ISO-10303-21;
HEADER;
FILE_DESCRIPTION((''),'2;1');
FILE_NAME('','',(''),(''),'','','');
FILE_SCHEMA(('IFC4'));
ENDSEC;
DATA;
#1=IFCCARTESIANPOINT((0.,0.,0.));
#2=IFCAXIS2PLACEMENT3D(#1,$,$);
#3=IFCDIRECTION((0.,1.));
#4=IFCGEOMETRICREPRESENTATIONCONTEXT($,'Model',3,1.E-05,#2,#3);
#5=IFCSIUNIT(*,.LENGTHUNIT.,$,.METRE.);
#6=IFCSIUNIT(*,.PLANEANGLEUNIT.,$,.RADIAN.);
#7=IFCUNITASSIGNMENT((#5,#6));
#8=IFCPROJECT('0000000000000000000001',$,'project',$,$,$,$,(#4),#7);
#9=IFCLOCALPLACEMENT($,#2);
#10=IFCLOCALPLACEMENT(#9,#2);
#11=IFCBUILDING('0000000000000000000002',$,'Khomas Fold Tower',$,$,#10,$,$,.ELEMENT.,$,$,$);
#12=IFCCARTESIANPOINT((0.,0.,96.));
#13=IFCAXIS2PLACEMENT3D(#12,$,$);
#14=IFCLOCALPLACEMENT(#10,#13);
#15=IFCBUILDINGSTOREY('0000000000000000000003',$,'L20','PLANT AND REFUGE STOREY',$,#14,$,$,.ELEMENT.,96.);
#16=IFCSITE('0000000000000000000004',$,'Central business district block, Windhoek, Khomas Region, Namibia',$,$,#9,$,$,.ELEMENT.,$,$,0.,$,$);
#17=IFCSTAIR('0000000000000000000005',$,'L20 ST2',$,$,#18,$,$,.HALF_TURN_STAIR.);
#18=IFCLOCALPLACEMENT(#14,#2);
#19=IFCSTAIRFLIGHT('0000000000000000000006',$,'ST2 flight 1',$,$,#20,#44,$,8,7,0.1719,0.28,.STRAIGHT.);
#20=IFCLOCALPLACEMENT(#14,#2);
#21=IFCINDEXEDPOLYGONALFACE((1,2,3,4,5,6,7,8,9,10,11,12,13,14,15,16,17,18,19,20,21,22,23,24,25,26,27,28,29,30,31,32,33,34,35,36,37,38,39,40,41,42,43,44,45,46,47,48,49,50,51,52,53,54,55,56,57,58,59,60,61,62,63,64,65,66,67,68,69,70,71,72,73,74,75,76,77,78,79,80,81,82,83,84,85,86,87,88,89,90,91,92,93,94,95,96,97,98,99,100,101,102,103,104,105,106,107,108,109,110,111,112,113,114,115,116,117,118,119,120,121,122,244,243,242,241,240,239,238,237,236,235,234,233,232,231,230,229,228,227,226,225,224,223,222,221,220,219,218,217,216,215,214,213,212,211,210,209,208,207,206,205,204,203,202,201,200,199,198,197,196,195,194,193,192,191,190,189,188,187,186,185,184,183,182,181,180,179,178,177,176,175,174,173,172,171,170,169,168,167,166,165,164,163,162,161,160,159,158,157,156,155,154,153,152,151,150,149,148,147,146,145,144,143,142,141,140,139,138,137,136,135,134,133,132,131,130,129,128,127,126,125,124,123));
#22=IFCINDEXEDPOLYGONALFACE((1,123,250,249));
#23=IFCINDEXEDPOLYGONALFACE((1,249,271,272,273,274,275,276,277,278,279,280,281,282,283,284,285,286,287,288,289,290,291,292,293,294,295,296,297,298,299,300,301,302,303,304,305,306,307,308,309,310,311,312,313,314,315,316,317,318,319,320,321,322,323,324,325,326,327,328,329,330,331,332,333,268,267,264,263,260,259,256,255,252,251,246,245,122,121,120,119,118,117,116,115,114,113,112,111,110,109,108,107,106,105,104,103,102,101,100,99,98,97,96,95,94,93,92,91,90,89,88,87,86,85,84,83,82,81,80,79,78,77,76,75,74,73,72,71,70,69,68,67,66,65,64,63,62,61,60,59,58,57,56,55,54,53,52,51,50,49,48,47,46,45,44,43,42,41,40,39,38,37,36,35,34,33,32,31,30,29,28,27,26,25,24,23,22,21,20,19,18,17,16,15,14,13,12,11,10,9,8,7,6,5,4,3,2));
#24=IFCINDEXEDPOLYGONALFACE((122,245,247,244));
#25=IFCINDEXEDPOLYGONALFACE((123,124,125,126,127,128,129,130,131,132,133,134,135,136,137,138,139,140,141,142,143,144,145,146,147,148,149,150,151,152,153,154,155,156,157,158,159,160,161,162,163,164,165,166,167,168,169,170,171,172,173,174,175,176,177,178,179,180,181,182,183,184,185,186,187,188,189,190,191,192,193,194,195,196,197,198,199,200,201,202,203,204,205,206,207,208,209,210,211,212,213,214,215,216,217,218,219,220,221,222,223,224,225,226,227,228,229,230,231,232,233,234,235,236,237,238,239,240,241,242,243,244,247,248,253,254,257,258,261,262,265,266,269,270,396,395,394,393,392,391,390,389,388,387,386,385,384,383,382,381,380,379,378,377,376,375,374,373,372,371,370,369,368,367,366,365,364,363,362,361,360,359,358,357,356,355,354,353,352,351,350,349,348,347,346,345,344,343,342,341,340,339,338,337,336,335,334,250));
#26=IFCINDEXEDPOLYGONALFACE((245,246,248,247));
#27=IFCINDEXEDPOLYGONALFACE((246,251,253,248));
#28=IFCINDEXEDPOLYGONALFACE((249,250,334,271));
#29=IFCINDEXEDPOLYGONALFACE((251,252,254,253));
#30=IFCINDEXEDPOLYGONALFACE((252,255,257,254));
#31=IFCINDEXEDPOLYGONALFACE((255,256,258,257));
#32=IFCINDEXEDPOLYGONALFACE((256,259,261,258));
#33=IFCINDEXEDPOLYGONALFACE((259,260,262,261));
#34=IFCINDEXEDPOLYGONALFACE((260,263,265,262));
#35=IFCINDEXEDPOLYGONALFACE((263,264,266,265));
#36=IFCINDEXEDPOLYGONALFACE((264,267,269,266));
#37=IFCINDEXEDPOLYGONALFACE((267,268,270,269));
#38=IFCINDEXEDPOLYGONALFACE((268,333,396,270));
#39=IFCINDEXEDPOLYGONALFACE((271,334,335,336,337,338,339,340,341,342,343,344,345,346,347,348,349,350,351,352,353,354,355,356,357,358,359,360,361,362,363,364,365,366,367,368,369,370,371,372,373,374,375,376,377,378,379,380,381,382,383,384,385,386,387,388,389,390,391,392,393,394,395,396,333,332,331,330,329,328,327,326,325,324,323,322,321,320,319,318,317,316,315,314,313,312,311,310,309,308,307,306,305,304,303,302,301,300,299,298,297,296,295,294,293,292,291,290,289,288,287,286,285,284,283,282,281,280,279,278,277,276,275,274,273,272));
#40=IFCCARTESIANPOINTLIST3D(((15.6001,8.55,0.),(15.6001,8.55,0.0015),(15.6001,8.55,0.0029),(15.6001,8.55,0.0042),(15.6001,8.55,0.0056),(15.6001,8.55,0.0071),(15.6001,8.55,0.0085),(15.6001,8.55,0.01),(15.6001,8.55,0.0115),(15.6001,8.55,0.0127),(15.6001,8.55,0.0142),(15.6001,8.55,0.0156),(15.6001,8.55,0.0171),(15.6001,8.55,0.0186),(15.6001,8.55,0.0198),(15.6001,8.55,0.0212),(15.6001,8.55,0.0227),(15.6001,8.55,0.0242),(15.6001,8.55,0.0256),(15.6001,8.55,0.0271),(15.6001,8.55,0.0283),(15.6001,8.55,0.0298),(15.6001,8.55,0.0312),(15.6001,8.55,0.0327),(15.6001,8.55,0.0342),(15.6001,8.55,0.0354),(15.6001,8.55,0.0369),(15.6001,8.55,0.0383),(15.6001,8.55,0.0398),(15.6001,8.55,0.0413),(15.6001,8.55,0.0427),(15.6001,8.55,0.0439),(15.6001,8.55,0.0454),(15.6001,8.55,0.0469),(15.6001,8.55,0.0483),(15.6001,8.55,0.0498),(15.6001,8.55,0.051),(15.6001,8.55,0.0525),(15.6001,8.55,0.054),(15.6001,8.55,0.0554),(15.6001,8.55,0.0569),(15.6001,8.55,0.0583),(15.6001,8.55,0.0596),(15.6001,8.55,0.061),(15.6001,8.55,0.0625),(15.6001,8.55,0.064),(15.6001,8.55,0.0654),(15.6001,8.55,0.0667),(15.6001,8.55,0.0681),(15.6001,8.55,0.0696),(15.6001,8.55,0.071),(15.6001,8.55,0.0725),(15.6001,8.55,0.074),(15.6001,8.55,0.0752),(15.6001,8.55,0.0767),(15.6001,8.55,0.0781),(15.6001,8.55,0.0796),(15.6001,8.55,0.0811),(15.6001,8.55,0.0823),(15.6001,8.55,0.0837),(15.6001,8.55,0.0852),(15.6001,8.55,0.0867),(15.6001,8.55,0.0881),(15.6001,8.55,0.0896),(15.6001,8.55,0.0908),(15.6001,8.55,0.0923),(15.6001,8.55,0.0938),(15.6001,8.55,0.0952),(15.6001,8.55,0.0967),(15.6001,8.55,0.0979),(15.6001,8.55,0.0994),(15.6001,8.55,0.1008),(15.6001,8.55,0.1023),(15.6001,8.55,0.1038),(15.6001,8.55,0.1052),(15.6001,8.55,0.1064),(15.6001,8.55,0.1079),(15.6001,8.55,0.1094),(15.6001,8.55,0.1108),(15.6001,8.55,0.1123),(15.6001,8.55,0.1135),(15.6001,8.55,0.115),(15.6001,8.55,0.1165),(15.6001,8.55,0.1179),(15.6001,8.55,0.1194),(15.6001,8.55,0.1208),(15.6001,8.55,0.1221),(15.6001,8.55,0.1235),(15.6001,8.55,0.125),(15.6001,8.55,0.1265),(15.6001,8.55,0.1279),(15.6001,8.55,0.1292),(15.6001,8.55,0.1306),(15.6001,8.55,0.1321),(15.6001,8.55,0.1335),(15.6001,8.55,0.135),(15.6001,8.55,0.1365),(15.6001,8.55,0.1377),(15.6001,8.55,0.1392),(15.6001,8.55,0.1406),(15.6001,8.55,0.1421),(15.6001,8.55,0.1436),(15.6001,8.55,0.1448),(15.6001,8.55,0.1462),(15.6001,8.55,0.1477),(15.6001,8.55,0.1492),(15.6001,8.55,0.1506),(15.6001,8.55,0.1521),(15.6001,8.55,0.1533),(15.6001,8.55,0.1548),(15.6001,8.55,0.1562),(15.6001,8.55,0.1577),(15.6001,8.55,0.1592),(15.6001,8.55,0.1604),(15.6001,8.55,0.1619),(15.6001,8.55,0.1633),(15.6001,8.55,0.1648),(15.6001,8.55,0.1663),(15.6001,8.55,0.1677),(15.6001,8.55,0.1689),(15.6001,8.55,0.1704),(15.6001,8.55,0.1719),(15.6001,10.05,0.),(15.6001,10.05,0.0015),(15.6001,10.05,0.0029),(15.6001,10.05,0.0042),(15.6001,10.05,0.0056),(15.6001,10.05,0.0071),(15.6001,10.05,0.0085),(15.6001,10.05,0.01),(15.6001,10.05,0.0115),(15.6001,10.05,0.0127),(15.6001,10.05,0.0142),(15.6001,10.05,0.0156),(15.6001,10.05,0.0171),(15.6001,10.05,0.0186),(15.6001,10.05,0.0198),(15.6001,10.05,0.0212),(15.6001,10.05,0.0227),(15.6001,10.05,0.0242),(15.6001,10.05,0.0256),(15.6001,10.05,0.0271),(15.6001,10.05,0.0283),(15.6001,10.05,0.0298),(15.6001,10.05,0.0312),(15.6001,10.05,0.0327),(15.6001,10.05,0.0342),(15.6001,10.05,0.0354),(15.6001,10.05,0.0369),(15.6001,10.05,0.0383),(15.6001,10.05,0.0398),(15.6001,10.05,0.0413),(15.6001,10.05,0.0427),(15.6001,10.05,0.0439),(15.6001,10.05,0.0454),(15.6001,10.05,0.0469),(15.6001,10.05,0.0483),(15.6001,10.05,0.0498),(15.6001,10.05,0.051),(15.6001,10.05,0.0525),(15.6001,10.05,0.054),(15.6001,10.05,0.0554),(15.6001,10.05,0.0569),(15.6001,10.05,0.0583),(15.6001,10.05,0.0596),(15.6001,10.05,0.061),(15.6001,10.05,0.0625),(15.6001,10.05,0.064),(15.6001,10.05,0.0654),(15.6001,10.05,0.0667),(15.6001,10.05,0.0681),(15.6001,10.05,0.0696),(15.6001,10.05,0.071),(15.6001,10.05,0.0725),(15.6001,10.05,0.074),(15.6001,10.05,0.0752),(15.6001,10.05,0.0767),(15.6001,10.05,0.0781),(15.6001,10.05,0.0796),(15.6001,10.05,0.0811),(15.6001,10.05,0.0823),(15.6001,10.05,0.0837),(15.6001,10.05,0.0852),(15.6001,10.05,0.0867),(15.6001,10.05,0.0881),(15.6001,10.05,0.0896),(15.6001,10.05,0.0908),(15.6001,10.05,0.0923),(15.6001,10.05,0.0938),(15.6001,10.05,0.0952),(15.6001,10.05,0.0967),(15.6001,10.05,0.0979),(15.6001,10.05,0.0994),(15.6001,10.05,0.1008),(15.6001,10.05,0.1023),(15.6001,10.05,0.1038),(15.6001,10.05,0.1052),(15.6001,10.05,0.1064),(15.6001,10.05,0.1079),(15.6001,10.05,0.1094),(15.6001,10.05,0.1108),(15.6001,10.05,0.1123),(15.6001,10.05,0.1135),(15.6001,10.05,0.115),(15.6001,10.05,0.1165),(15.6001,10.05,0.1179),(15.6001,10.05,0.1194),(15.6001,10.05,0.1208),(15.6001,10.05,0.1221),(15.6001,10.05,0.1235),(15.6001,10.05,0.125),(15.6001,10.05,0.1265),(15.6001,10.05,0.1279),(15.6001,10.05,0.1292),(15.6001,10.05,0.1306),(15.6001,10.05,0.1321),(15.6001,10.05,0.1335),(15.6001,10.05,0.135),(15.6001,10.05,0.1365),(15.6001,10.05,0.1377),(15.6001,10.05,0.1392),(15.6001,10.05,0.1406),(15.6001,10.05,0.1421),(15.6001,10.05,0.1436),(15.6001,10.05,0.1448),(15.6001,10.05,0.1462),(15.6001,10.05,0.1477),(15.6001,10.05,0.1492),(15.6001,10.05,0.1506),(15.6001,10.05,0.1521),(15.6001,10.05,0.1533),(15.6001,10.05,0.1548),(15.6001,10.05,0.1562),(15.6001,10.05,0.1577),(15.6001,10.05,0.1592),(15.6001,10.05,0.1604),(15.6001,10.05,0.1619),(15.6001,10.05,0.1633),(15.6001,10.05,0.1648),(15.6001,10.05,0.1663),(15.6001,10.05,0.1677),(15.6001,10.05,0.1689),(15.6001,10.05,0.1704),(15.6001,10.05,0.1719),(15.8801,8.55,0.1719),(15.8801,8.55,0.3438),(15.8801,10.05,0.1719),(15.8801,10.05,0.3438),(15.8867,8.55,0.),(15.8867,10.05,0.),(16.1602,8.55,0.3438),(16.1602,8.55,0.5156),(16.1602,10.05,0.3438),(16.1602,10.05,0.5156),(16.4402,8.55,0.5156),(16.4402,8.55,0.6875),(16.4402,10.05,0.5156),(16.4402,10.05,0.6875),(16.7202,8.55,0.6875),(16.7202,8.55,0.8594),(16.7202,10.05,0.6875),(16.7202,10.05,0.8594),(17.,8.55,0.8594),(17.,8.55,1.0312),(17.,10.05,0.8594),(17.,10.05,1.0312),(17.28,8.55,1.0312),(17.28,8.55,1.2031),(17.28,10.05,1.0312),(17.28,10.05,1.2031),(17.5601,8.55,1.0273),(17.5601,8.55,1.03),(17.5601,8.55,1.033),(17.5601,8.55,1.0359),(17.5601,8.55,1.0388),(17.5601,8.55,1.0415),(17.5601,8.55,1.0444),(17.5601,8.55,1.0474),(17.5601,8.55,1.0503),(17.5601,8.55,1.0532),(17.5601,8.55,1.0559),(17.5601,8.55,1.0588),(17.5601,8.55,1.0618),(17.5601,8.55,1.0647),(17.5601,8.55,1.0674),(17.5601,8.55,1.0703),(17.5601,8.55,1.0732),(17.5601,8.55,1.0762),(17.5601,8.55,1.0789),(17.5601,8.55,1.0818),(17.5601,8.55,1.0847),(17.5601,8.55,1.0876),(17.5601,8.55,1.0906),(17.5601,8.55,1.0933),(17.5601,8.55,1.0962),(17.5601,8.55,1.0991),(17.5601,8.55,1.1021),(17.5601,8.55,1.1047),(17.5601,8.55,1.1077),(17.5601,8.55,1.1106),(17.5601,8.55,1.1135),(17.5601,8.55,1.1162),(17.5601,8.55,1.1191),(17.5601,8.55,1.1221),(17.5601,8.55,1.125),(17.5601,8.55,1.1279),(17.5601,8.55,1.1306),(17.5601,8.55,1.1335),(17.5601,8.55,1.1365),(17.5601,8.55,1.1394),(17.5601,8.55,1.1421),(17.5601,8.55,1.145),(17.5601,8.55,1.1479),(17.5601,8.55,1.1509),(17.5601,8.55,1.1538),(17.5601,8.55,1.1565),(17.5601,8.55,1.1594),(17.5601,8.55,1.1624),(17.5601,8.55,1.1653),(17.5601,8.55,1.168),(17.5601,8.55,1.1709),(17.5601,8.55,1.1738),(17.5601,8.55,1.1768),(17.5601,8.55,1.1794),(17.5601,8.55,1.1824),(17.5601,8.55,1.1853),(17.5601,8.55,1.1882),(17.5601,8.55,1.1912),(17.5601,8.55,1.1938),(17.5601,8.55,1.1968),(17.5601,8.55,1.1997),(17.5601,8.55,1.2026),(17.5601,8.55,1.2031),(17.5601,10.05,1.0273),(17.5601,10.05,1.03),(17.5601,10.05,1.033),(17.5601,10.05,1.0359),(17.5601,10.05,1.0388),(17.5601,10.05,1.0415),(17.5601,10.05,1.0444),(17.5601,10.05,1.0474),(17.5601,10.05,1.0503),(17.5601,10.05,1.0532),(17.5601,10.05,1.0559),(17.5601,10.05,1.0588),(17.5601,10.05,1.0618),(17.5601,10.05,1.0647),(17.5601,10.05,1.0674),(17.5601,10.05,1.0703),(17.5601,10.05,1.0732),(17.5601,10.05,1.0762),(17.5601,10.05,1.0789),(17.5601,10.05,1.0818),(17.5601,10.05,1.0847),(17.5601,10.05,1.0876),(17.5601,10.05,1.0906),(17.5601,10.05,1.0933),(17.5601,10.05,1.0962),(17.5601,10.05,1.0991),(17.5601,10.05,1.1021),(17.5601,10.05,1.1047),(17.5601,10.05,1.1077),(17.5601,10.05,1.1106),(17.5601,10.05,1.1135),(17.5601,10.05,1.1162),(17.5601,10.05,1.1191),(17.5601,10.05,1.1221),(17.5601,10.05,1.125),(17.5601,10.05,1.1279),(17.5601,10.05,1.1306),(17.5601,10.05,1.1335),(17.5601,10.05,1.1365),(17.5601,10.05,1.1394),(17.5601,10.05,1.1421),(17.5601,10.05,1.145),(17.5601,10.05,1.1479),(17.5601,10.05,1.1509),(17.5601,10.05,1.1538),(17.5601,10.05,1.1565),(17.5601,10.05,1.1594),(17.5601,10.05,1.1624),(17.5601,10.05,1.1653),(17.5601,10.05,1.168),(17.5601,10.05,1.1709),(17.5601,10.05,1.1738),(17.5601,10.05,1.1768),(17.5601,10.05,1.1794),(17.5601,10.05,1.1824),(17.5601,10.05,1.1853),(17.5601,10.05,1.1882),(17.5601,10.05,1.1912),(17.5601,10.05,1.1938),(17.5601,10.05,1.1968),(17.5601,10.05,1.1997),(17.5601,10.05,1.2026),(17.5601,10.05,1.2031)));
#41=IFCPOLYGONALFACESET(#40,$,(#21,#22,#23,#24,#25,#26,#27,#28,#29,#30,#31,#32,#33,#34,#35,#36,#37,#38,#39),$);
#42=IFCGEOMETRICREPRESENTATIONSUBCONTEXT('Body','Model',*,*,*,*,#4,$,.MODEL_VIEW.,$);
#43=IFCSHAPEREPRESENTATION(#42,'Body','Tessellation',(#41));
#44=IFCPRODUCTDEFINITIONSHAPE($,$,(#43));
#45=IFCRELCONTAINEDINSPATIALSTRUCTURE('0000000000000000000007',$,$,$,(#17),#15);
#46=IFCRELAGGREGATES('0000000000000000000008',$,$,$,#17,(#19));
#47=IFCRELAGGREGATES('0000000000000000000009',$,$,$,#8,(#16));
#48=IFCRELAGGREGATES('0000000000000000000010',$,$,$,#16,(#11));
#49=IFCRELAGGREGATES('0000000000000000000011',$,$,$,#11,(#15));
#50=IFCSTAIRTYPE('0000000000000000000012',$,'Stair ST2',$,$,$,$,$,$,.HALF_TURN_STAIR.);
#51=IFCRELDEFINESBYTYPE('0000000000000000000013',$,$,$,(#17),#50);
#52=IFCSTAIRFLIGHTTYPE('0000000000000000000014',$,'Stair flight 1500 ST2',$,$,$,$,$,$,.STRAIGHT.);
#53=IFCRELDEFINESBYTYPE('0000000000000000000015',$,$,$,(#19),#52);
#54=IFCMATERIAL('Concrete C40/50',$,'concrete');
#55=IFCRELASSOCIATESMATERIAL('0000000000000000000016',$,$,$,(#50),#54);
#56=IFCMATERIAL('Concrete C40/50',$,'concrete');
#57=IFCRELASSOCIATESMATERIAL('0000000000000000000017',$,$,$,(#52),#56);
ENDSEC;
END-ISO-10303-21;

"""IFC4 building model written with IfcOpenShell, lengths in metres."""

from ifc_helpers import new_model, si_unit, direction, frame, origin, place, context, subcontext, project, spatial, polyline, outline, extrude, source, transform, mapped, material, type_object, element, aggregate, save


model = new_model("IFC4")

# Units and contexts
model_context = context("Model", 3, precision=1e-05, world=origin(), true_north=direction((0.0, 1.0)))
body_context = subcontext(model_context, "Body", "Model", "MODEL_VIEW")
ifc_project = project(units=[si_unit("LENGTHUNIT", "METRE"), si_unit("PLANEANGLEUNIT", "RADIAN")], contexts=[model_context])

# Site, building, storey
site_placement = place(None, origin())
site = spatial("IfcSite", under=ifc_project, at=site_placement, Name="Central business district block, Windhoek, Khomas Region, Namibia", CompositionType="ELEMENT", RefElevation=0.0)
building_placement = place(site_placement, origin())
building = spatial("IfcBuilding", under=site, at=building_placement, Name="Khomas Fold Tower", CompositionType="ELEMENT")
storey_placement = place(building_placement, frame((0.0, 0.0, 96.0)))
storey = spatial("IfcBuildingStorey", under=building, at=storey_placement, Name="L20", Description="PLANT AND REFUGE STOREY", CompositionType="ELEMENT", Elevation=96.0)

# Stair, stair flight
ifc_material_1 = material(Name="Concrete C40/50", Category="concrete")
stair_type = type_object("IfcStairType", Name="Stair ST2", PredefinedType="HALF_TURN_STAIR", material=ifc_material_1)
stair_placement = place(storey_placement, origin())
stair = element("IfcStair", 1, at=stair_placement, inside=storey, type_object=stair_type, Name="L20 ST2", PredefinedType="HALF_TURN_STAIR")
ifc_material_2 = material(Name="Concrete C40/50", Category="concrete")
stair_flight_type = type_object("IfcStairFlightType", Name="Stair flight 1500 ST2", PredefinedType="STRAIGHT", material=ifc_material_2)
shared_shape_1 = source(origin(), body_context, "Body", "SweptSolid", [
    extrude(outline(polyline([(0.0, 0.0), (0.0, 0.0015), (0.0, 0.0029), (0.0, 0.0042), (0.0, 0.0056), (0.0, 0.0071), (0.0, 0.0085), (0.0, 0.01), (0.0, 0.0115), (0.0, 0.0127), (0.0, 0.0142), (0.0, 0.0156), (0.0, 0.0171), (0.0, 0.0186), (0.0, 0.0198), (0.0, 0.0212), (0.0, 0.0227), (0.0, 0.0242), (0.0, 0.0256), (0.0, 0.0271), (0.0, 0.0283), (0.0, 0.0298), (0.0, 0.0312), (0.0, 0.0327), (0.0, 0.0342), (0.0, 0.0354), (0.0, 0.0369), (0.0, 0.0383), (0.0, 0.0398), (0.0, 0.0413), (0.0, 0.0427), (0.0, 0.0439), (0.0, 0.0454), (0.0, 0.0469), (0.0, 0.0483), (0.0, 0.0498), (0.0, 0.051), (0.0, 0.0525), (0.0, 0.054), (0.0, 0.0554), (0.0, 0.0569), (0.0, 0.0583), (0.0, 0.0596), (0.0, 0.061), (0.0, 0.0625), (0.0, 0.064), (0.0, 0.0654), (0.0, 0.0667), (0.0, 0.0681), (0.0, 0.0696), (0.0, 0.071), (0.0, 0.0725), (0.0, 0.074), (0.0, 0.0752), (0.0, 0.0767), (0.0, 0.0781), (0.0, 0.0796), (0.0, 0.0811), (0.0, 0.0823), (0.0, 0.0837), (0.0, 0.0852), (0.0, 0.0867), (0.0, 0.0881), (0.0, 0.0896), (0.0, 0.0908), (0.0, 0.0923), (0.0, 0.0938), (0.0, 0.0952), (0.0, 0.0967), (0.0, 0.0979), (0.0, 0.0994), (0.0, 0.1008), (0.0, 0.1023), (0.0, 0.1038), (0.0, 0.1052), (0.0, 0.1064), (0.0, 0.1079), (0.0, 0.1094), (0.0, 0.1108), (0.0, 0.1123), (0.0, 0.1135), (0.0, 0.115), (0.0, 0.1165), (0.0, 0.1179), (0.0, 0.1194), (0.0, 0.1208), (0.0, 0.1221), (0.0, 0.1235), (0.0, 0.125), (0.0, 0.1265), (0.0, 0.1279), (0.0, 0.1292), (0.0, 0.1306), (0.0, 0.1321), (0.0, 0.1335), (0.0, 0.135), (0.0, 0.1365), (0.0, 0.1377), (0.0, 0.1392), (0.0, 0.1406), (0.0, 0.1421), (0.0, 0.1436), (0.0, 0.1448), (0.0, 0.1462), (0.0, 0.1477), (0.0, 0.1492), (0.0, 0.1506), (0.0, 0.1521), (0.0, 0.1533), (0.0, 0.1548), (0.0, 0.1562), (0.0, 0.1577), (0.0, 0.1592), (0.0, 0.1604), (0.0, 0.1619), (0.0, 0.1633), (0.0, 0.1648), (0.0, 0.1663), (0.0, 0.1677), (0.0, 0.1689), (0.0, 0.1704), (0.0, 0.1719), (0.28, 0.1719), (0.28, 0.3438), (0.5601, 0.3438), (0.5601, 0.5156), (0.8401, 0.5156), (0.8401, 0.6875), (1.1201, 0.6875), (1.1201, 0.8594), (1.3999, 0.8594), (1.3999, 1.0312), (1.6799, 1.0312), (1.6799, 1.2031), (1.96, 1.2031), (1.96, 1.375), (1.96, 1.3721), (1.96, 1.3691), (1.96, 1.3665), (1.96, 1.3635), (1.96, 1.3606), (1.96, 1.3577), (1.96, 1.355), (1.96, 1.3521), (1.96, 1.3491), (1.96, 1.3462), (1.96, 1.3435), (1.96, 1.3406), (1.96, 1.3376), (1.96, 1.3347), (1.96, 1.3318), (1.96, 1.3291), (1.96, 1.3262), (1.96, 1.3232), (1.96, 1.3203), (1.96, 1.3176), (1.96, 1.3147), (1.96, 1.3118), (1.96, 1.3088), (1.96, 1.3059), (1.96, 1.3032), (1.96, 1.3003), (1.96, 1.2974), (1.96, 1.2944), (1.96, 1.2917), (1.96, 1.2888), (1.96, 1.2859), (1.96, 1.283), (1.96, 1.2803), (1.96, 1.2773), (1.96, 1.2744), (1.96, 1.2715), (1.96, 1.2686), (1.96, 1.2659), (1.96, 1.2629), (1.96, 1.26), (1.96, 1.2571), (1.96, 1.2544), (1.96, 1.2515), (1.96, 1.2485), (1.96, 1.2456), (1.96, 1.2427), (1.96, 1.24), (1.96, 1.2371), (1.96, 1.2341), (1.96, 1.2312), (1.96, 1.2285), (1.96, 1.2256), (1.96, 1.2227), (1.96, 1.2197), (1.96, 1.217), (1.96, 1.2141), (1.96, 1.2112), (1.96, 1.2083), (1.96, 1.2053), (1.96, 1.2026), (1.96, 1.1997), (1.96, 1.1968), (1.96, 1.1938), (1.96, 1.1912), (1.96, 1.1882), (1.96, 1.1853), (1.96, 1.1824), (1.96, 1.1794), (1.96, 1.1768), (1.96, 1.1738), (1.96, 1.1709), (1.96, 1.168), (1.96, 1.1653), (1.96, 1.1624), (1.96, 1.1594), (1.96, 1.1565), (1.96, 1.1538), (1.96, 1.1509), (1.96, 1.1479), (1.96, 1.145), (1.96, 1.1421), (1.96, 1.1394), (1.96, 1.1365), (1.96, 1.1335), (1.96, 1.1306), (1.96, 1.1279), (1.96, 1.125), (1.96, 1.1221), (1.96, 1.1191), (1.96, 1.1162), (1.96, 1.1135), (1.96, 1.1106), (1.96, 1.1077), (1.96, 1.1047), (1.96, 1.1021), (1.96, 1.0991), (1.96, 1.0962), (1.96, 1.0933), (1.96, 1.0906), (1.96, 1.0876), (1.96, 1.0847), (1.96, 1.0818), (1.96, 1.0789), (1.96, 1.0762), (1.96, 1.0732), (1.96, 1.0703), (1.96, 1.0674), (1.96, 1.0647), (1.96, 1.0618), (1.96, 1.0588), (1.96, 1.0559), (1.96, 1.0532), (1.96, 1.0503), (1.96, 1.0474), (1.96, 1.0444), (1.96, 1.0415), (1.96, 1.0388), (1.96, 1.0359), (1.96, 1.033), (1.96, 1.03), (1.96, 1.0273), (0.2866, 0.0), (0.0, 0.0)])), frame((0.0, 0.75, 0.0), z_axis=(0.0, -1.0, 0.0), x_axis=(1.0, 0.0, 0.0)), (0.0, 0.0, 1.0), 1.5),
])
stair_flight_1_placement = place(storey_placement, frame((15.6001, 9.3, 0.0), z_axis=(0.0, 0.0, 1.0), x_axis=(1.0, 0.0, 0.0)))
stair_flight_1 = element("IfcStairFlight", 2, at=stair_flight_1_placement, type_object=stair_flight_type, Name="ST2 flight 1", NumberOfRisers=8, NumberOfTreads=7, PredefinedType="STRAIGHT", RiserHeight=0.1719, TreadLength=0.28, context=body_context, shape_type="MappedRepresentation", body=[
    mapped(shared_shape_1, transform((0.0, 0.0, 0.0))),
])
aggregate(stair, [stair_flight_1])

save(model, "model.ifc")
